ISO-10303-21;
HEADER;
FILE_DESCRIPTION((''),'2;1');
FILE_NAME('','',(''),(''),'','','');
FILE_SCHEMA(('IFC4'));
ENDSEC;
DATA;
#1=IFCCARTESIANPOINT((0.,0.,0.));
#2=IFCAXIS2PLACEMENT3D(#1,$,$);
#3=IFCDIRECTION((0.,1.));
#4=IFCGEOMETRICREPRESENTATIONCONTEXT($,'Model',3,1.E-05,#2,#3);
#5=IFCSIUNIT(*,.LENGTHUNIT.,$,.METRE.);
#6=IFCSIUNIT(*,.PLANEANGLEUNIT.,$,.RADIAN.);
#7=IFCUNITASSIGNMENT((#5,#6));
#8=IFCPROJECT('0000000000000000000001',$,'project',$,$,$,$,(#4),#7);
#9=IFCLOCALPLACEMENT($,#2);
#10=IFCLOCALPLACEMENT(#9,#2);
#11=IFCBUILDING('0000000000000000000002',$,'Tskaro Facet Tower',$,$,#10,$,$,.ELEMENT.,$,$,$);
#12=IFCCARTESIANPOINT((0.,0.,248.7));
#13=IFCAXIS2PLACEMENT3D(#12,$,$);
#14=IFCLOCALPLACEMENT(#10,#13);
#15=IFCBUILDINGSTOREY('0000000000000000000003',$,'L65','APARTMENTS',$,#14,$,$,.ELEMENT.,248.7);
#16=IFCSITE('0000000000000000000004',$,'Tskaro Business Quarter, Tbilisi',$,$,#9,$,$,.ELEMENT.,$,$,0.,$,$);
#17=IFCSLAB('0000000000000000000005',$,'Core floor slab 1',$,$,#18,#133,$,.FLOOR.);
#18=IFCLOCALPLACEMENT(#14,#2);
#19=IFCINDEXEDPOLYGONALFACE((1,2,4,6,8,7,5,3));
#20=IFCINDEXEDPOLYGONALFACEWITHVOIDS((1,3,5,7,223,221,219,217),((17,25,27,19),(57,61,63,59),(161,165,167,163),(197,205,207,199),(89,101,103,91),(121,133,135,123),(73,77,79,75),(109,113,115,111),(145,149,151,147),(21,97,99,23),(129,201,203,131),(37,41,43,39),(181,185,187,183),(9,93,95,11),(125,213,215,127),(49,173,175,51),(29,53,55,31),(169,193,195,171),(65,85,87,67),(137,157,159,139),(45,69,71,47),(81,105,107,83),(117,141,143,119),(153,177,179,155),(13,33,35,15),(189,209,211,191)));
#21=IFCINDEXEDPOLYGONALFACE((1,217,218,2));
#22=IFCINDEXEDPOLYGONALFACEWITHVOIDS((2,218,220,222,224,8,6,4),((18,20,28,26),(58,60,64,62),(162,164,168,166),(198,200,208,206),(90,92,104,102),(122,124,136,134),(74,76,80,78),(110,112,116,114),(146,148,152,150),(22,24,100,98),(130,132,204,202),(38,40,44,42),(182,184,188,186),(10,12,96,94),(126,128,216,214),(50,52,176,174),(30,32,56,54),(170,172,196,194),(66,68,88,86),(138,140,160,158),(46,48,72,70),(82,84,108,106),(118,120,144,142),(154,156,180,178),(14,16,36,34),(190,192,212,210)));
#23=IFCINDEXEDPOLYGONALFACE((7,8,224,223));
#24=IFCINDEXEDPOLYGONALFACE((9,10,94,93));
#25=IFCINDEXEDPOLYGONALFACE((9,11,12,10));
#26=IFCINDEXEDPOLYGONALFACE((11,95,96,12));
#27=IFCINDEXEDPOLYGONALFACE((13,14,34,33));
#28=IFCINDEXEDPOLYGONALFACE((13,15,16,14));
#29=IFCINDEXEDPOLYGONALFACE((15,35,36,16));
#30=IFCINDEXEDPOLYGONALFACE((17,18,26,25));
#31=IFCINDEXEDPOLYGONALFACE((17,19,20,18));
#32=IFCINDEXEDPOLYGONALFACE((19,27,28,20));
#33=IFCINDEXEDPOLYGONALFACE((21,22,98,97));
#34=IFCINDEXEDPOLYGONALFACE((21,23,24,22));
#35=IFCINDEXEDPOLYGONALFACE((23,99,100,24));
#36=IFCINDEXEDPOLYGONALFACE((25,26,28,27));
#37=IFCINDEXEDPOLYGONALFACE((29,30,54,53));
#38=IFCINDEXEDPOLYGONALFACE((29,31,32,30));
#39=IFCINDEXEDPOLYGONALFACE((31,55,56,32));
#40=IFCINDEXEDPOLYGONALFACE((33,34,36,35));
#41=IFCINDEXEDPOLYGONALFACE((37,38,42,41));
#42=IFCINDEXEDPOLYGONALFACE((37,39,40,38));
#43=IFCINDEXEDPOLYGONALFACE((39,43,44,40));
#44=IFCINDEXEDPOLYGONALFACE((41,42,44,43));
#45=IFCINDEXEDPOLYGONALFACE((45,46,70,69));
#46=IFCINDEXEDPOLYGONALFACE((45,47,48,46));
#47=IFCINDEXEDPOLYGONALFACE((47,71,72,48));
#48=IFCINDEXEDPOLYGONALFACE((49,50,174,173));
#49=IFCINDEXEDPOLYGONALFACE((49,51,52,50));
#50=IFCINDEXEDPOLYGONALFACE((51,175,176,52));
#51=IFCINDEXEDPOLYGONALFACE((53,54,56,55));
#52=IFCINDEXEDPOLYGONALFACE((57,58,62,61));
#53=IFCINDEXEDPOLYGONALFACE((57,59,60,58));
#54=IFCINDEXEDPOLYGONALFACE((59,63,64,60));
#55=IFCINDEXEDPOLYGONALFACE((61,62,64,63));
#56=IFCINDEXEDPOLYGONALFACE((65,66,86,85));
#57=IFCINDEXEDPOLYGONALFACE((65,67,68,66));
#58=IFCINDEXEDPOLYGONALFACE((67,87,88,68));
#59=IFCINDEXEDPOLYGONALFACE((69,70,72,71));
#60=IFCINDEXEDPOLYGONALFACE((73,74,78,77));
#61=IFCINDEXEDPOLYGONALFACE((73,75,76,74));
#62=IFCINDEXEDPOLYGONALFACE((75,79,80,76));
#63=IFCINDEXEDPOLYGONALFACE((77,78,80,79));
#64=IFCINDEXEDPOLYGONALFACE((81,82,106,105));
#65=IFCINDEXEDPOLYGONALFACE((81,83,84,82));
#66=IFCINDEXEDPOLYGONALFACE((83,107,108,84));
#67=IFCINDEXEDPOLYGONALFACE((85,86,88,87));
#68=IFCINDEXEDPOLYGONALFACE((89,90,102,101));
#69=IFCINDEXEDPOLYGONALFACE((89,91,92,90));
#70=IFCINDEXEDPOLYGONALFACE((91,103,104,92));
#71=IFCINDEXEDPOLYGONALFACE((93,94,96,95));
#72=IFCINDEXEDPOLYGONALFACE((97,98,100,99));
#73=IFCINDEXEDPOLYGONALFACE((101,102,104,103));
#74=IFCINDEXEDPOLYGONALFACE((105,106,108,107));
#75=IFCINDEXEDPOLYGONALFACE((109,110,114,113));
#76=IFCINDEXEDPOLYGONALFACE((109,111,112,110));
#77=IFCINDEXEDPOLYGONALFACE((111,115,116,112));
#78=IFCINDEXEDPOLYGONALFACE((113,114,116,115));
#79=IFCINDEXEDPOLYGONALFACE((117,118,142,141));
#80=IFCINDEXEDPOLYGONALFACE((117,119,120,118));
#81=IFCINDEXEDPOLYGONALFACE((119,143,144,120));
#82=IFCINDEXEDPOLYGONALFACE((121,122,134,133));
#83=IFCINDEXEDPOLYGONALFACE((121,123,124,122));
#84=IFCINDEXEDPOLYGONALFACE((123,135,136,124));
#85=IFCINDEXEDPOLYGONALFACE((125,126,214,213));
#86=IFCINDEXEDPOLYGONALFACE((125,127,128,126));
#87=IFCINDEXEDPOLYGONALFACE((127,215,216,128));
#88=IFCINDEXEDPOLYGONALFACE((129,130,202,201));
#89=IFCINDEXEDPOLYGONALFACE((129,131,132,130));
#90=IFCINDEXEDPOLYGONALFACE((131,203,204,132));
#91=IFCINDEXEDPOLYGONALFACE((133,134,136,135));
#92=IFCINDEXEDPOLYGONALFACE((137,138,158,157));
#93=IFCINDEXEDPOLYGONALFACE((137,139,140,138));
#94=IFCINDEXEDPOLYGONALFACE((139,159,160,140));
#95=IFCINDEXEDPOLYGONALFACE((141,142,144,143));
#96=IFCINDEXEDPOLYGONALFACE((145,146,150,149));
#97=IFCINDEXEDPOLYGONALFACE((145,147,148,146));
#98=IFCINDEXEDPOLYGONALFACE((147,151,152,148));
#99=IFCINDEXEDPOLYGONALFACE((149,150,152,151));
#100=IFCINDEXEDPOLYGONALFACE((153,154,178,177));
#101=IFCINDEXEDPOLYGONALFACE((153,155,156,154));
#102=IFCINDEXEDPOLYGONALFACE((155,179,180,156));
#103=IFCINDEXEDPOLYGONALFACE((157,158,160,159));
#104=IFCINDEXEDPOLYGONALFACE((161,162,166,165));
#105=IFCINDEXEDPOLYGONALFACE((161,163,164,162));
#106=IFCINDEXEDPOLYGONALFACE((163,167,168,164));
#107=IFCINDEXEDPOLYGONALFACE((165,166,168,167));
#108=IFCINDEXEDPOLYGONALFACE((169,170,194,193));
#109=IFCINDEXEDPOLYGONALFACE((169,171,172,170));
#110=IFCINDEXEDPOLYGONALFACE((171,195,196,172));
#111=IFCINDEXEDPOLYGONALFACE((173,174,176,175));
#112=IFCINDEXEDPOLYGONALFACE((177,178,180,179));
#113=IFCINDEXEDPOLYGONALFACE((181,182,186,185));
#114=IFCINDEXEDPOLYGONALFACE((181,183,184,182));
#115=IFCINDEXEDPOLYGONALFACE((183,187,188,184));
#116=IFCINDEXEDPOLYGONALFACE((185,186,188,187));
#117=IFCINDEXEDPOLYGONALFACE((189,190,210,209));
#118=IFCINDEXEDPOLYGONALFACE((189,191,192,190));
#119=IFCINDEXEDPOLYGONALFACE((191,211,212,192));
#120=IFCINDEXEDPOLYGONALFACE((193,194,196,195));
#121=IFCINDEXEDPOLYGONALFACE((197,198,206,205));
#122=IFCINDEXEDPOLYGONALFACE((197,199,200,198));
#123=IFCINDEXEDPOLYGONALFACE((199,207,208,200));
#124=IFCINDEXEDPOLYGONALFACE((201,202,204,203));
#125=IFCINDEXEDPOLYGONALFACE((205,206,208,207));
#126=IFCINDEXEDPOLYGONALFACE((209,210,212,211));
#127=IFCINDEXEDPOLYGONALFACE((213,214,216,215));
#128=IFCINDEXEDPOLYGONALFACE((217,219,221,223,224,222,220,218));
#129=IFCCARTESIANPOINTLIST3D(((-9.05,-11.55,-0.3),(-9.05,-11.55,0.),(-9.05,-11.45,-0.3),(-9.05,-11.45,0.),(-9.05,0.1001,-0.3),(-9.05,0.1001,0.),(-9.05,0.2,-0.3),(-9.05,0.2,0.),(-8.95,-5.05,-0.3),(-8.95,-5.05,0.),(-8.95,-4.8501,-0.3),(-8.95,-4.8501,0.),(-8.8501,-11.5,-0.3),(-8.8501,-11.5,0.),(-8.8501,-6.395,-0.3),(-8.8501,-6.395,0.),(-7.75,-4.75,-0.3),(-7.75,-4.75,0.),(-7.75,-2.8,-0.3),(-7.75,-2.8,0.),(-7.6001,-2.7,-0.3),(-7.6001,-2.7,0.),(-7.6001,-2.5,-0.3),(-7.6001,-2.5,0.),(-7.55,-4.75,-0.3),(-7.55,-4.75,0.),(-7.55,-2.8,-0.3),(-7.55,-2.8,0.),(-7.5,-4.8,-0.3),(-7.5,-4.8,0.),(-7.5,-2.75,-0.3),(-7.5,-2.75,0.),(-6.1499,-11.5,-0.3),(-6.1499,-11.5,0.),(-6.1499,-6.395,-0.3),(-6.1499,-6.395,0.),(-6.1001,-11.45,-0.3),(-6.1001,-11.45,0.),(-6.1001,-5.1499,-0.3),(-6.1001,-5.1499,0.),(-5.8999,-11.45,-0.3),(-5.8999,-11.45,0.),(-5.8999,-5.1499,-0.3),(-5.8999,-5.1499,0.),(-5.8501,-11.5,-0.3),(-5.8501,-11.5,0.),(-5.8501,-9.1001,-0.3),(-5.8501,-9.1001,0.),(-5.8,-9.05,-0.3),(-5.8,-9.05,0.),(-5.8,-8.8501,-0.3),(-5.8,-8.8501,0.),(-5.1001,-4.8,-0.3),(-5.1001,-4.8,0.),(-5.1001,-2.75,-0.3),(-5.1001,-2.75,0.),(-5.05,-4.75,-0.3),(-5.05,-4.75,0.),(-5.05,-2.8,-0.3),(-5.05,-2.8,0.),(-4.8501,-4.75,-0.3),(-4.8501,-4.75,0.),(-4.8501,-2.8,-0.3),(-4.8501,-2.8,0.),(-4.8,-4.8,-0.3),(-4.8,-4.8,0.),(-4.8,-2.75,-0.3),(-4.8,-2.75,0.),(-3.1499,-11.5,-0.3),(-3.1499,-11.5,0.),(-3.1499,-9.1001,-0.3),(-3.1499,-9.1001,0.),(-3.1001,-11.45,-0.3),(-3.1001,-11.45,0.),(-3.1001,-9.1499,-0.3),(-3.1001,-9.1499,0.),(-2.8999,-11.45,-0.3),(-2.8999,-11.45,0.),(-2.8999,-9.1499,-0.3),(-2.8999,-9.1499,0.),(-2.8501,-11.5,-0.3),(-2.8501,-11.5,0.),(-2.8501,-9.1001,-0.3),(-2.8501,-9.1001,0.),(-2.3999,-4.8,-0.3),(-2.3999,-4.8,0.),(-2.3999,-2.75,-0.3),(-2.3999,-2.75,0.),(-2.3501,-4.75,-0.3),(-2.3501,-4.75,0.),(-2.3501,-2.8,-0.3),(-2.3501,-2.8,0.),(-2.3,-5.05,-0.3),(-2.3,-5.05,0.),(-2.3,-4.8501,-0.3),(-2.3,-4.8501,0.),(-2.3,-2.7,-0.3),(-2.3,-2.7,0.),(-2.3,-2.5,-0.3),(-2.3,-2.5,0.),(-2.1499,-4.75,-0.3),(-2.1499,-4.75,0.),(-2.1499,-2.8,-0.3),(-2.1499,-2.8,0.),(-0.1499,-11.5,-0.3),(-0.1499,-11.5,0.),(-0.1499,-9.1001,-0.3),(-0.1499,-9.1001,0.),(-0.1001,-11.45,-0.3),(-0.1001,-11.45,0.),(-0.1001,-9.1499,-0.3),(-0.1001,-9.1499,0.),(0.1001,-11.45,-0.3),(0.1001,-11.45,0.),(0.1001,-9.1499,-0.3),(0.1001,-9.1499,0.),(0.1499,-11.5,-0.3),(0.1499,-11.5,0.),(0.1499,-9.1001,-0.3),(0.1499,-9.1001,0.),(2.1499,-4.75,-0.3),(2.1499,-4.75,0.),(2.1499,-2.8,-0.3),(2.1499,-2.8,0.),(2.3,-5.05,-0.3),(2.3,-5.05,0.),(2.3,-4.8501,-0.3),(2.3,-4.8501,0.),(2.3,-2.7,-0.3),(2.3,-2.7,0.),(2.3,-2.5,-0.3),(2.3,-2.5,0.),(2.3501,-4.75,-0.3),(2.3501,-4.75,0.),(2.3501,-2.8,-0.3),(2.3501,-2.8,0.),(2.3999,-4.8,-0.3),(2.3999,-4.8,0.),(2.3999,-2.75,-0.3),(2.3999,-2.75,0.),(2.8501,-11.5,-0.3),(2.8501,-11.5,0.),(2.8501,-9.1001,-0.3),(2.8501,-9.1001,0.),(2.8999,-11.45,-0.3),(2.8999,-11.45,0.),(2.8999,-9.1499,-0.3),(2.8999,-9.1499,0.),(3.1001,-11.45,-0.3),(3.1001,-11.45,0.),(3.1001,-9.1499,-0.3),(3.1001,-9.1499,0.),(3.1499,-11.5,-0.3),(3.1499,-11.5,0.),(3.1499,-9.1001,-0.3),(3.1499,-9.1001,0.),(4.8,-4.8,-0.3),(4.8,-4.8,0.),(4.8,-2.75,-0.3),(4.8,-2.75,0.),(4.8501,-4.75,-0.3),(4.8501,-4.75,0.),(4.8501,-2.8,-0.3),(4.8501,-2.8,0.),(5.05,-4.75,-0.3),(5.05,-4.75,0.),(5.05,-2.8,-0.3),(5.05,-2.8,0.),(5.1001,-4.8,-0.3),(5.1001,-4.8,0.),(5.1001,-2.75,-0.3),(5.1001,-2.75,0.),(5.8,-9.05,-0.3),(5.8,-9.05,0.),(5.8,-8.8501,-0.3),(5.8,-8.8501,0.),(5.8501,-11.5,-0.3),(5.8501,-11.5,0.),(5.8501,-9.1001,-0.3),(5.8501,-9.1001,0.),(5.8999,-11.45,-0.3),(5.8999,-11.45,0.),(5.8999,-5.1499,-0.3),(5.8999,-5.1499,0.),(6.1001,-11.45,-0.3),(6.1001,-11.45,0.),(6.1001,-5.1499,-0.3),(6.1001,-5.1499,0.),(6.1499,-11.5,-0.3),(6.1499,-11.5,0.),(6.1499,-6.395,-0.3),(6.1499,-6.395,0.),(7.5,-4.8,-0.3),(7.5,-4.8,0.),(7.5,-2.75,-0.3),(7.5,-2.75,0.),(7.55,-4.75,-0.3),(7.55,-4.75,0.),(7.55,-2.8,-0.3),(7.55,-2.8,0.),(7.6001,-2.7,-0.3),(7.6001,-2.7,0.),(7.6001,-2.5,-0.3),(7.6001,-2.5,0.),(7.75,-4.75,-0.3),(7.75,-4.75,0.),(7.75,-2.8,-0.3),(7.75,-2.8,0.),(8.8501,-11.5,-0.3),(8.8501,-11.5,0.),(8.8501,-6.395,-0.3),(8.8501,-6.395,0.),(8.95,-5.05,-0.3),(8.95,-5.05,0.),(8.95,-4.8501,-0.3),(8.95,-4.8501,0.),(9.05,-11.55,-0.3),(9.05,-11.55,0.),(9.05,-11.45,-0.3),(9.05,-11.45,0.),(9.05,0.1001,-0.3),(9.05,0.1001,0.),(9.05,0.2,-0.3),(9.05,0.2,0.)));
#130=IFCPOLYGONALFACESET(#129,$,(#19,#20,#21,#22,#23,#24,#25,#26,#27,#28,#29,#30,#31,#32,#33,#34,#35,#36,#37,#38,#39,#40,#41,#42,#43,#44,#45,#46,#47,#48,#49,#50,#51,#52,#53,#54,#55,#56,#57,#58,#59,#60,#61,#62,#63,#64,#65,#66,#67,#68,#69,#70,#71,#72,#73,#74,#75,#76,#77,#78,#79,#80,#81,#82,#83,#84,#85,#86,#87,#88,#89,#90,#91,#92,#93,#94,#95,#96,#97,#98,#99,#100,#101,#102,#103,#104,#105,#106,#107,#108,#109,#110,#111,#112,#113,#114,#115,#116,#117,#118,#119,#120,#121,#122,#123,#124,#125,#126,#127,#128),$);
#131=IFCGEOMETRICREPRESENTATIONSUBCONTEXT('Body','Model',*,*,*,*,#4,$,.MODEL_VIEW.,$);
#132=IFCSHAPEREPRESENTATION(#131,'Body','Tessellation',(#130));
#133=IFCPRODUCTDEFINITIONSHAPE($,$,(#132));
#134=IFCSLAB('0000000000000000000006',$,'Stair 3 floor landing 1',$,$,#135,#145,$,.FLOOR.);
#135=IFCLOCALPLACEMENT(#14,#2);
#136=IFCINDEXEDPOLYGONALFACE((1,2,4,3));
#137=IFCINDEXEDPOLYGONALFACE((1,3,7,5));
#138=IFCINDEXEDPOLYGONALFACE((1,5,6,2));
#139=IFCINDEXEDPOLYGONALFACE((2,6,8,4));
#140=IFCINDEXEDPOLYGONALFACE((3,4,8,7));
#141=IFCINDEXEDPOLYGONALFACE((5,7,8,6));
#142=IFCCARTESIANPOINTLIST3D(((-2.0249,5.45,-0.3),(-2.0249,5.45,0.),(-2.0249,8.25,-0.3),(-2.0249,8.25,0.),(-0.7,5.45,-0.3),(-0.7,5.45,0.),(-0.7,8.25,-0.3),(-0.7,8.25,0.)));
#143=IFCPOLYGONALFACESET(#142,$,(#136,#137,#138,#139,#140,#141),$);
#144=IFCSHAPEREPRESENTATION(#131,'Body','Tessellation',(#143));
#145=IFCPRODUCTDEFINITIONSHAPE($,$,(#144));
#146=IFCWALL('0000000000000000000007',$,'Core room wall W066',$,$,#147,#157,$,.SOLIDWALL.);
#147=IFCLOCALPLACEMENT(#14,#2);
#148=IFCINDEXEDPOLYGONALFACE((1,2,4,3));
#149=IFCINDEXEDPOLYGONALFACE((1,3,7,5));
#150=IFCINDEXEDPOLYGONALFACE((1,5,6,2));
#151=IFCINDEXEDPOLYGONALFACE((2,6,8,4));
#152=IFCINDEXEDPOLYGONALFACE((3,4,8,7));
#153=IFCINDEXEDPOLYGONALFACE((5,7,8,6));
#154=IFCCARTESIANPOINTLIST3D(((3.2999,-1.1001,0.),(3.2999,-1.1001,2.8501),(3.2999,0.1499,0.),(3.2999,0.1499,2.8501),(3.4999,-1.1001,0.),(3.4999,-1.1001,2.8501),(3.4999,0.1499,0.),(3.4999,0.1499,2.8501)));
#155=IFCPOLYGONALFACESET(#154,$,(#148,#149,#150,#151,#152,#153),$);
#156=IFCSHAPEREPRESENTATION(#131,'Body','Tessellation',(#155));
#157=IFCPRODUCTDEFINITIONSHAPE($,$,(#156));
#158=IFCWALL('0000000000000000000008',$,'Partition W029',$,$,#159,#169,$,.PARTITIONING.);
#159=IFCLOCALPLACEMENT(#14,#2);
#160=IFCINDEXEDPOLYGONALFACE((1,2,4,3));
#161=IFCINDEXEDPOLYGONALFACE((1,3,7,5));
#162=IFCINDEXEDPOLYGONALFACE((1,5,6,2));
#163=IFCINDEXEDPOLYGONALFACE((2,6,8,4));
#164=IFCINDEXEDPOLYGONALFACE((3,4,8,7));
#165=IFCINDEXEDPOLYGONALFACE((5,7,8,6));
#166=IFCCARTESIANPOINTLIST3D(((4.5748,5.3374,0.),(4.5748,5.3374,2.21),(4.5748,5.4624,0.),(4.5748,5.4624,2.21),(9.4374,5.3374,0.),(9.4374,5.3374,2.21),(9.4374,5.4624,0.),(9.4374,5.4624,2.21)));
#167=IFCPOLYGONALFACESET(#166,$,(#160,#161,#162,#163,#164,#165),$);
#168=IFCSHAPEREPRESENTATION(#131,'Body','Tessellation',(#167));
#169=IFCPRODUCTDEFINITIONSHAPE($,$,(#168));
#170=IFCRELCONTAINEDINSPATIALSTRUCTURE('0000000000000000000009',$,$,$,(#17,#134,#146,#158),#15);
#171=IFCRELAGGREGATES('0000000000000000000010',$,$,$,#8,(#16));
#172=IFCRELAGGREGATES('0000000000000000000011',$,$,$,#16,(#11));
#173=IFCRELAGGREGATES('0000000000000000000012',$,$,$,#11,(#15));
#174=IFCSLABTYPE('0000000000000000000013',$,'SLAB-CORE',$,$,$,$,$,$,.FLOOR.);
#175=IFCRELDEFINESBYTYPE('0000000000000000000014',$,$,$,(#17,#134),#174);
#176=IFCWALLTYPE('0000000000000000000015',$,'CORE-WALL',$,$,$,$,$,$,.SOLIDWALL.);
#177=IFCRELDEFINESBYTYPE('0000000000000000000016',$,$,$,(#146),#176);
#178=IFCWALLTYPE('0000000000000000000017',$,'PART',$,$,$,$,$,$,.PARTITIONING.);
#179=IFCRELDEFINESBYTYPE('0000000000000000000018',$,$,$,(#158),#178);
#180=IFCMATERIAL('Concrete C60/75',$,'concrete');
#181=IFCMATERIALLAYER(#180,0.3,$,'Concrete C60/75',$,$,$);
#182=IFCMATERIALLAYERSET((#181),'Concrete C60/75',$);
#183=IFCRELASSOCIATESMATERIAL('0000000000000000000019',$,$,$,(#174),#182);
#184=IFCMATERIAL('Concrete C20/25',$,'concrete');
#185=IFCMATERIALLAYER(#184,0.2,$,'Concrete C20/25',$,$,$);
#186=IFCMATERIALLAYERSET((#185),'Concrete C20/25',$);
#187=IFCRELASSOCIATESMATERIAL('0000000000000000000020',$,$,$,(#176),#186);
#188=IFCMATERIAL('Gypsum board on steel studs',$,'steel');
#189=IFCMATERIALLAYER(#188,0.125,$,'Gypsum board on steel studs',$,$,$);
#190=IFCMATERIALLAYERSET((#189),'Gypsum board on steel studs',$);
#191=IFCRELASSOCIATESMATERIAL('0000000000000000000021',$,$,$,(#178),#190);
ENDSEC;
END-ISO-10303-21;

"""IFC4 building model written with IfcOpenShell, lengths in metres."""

from ifc_helpers import new_model, si_unit, direction, frame, frame_2d, origin, place, context, subcontext, project, spatial, polyline, rectangle, outline, extrude, material, layer, layer_set, type_object, element, save


model = new_model("IFC4")

# Units and contexts
model_context = context("Model", 3, precision=1e-05, world=origin(), true_north=direction((0.0, 1.0)))
body_context = subcontext(model_context, "Body", "Model", "MODEL_VIEW")
ifc_project = project(units=[si_unit("LENGTHUNIT", "METRE"), si_unit("PLANEANGLEUNIT", "RADIAN")], contexts=[model_context])

# Site, building, storey
site_placement = place(None, origin())
site = spatial("IfcSite", under=ifc_project, at=site_placement, Name="Tskaro Business Quarter, Tbilisi", CompositionType="ELEMENT", RefElevation=0.0)
building_placement = place(site_placement, origin())
building = spatial("IfcBuilding", under=site, at=building_placement, Name="Tskaro Facet Tower", CompositionType="ELEMENT")
storey_placement = place(building_placement, frame((0.0, 0.0, 248.7)))
storey = spatial("IfcBuildingStorey", under=building, at=storey_placement, Name="L65", Description="APARTMENTS", CompositionType="ELEMENT", Elevation=248.7)

# Slabs
ifc_material_1 = material(Name="Concrete C60/75", Category="concrete")
ifc_layer_1 = layer(ifc_material_1, 0.3, Name="Concrete C60/75")
ifc_layer_set_1 = layer_set([ifc_layer_1], Name="Concrete C60/75")
slab_type_1 = type_object("IfcSlabType", Name="SLAB-CORE", PredefinedType="FLOOR", material=ifc_layer_set_1)
slab_1_placement = place(storey_placement, frame((0.0, 0.0, -0.3)))
element("IfcSlab", 1, at=slab_1_placement, inside=storey, type_object=slab_type_1, Name="Core floor slab 1", PredefinedType="FLOOR", context=body_context, shape_type="SweptSolid", body=[
    extrude(outline(polyline([(-9.05, 0.2), (9.05, 0.2), (9.05, 0.1001), (9.05, -11.45), (9.05, -11.55), (-9.05, -11.55), (-9.05, -11.45), (-9.05, 0.1001), (-9.05, 0.2)]), holes=[polyline([(-5.8501, -9.1001), (-5.8501, -11.5), (-3.1499, -11.5), (-3.1499, -9.1001), (-5.8501, -9.1001)]), polyline([(-3.1001, -11.45), (-2.8999, -11.45), (-2.8999, -9.1499), (-3.1001, -9.1499), (-3.1001, -11.45)]), polyline([(-2.8501, -9.1001), (-2.8501, -11.5), (-0.1499, -11.5), (-0.1499, -9.1001), (-2.8501, -9.1001)]), polyline([(-6.1001, -11.45), (-5.8999, -11.45), (-5.8999, -5.1499), (-6.1001, -5.1499), (-6.1001, -11.45)]), polyline([(-8.95, -5.05), (-2.3, -5.05), (-2.3, -4.8501), (-8.95, -4.8501), (-8.95, -5.05)]), polyline([(-7.75, -4.75), (-7.55, -4.75), (-7.55, -2.8), (-7.75, -2.8), (-7.75, -4.75)]), polyline([(-7.5, -2.75), (-7.5, -4.8), (-5.1001, -4.8), (-5.1001, -2.75), (-7.5, -2.75)]), polyline([(-5.05, -4.75), (-4.8501, -4.75), (-4.8501, -2.8), (-5.05, -2.8), (-5.05, -4.75)]), polyline([(-2.3999, -2.75), (-4.8, -2.75), (-4.8, -4.8), (-2.3999, -4.8), (-2.3999, -2.75)]), polyline([(-2.3501, -4.75), (-2.1499, -4.75), (-2.1499, -2.8), (-2.3501, -2.8), (-2.3501, -4.75)]), polyline([(-7.6001, -2.7), (-2.3, -2.7), (-2.3, -2.5), (-7.6001, -2.5), (-7.6001, -2.7)]), polyline([(-0.1001, -11.45), (0.1001, -11.45), (0.1001, -9.1499), (-0.1001, -9.1499), (-0.1001, -11.45)]), polyline([(0.1499, -9.1001), (0.1499, -11.5), (2.8501, -11.5), (2.8501, -9.1001), (0.1499, -9.1001)]), polyline([(2.8999, -11.45), (3.1001, -11.45), (3.1001, -9.1499), (2.8999, -9.1499), (2.8999, -11.45)]), polyline([(3.1499, -9.1001), (3.1499, -11.5), (5.8501, -11.5), (5.8501, -9.1001), (3.1499, -9.1001)]), polyline([(-5.8, -9.05), (5.8, -9.05), (5.8, -8.8501), (-5.8, -8.8501), (-5.8, -9.05)]), polyline([(5.8999, -11.45), (6.1001, -11.45), (6.1001, -5.1499), (5.8999, -5.1499), (5.8999, -11.45)]), polyline([(2.3, -5.05), (8.95, -5.05), (8.95, -4.8501), (2.3, -4.8501), (2.3, -5.05)]), polyline([(2.1499, -4.75), (2.3501, -4.75), (2.3501, -2.8), (2.1499, -2.8), (2.1499, -4.75)]), polyline([(2.3999, -4.8), (4.8, -4.8), (4.8, -2.75), (2.3999, -2.75), (2.3999, -4.8)]), polyline([(4.8501, -4.75), (5.05, -4.75), (5.05, -2.8), (4.8501, -2.8), (4.8501, -4.75)]), polyline([(5.1001, -4.8), (7.5, -4.8), (7.5, -2.75), (5.1001, -2.75), (5.1001, -4.8)]), polyline([(7.55, -4.75), (7.75, -4.75), (7.75, -2.8), (7.55, -2.8), (7.55, -4.75)]), polyline([(2.3, -2.7), (7.6001, -2.7), (7.6001, -2.5), (2.3, -2.5), (2.3, -2.7)]), polyline([(-8.8501, -11.5), (-6.1499, -11.5), (-6.1499, -6.395), (-8.8501, -6.395), (-8.8501, -11.5)]), polyline([(6.1499, -6.395), (6.1499, -11.5), (8.8501, -11.5), (8.8501, -6.395), (6.1499, -6.395)])]), origin(), (0.0, 0.0, 1.0), 0.3),
])
slab_2_placement = place(storey_placement, frame((0.0, 0.0, -0.3)))
element("IfcSlab", 2, at=slab_2_placement, inside=storey, type_object=slab_type_1, Name="Stair 3 floor landing 1", PredefinedType="FLOOR", context=body_context, shape_type="SweptSolid", body=[
    extrude(outline(polyline([(-2.0249, 5.45), (-0.7, 5.45), (-0.7, 8.25), (-2.0249, 8.25), (-2.0249, 5.45)])), origin(), (0.0, 0.0, 1.0), 0.3),
])

# Walls
ifc_material_2 = material(Name="Concrete C20/25", Category="concrete")
ifc_layer_2 = layer(ifc_material_2, 0.2, Name="Concrete C20/25")
ifc_layer_set_2 = layer_set([ifc_layer_2], Name="Concrete C20/25")
wall_type_1 = type_object("IfcWallType", Name="CORE-WALL", PredefinedType="SOLIDWALL", material=ifc_layer_set_2)
wall_1_placement = place(storey_placement, frame((3.3999, -1.1001, 0.0), z_axis=(0.0, 0.0, 1.0), x_axis=(0.0, 1.0, 0.0)))
element("IfcWall", 3, at=wall_1_placement, inside=storey, type_object=wall_type_1, Name="Core room wall W066", PredefinedType="SOLIDWALL", context=body_context, shape_type="SweptSolid", body=[
    extrude(rectangle(XDim=1.25, YDim=0.2, at=frame_2d((0.625, 0.0))), origin(), (0.0, 0.0, 1.0), 2.8501),
])
ifc_material_3 = material(Name="Gypsum board on steel studs", Category="steel")
ifc_layer_3 = layer(ifc_material_3, 0.125, Name="Gypsum board on steel studs")
ifc_layer_set_3 = layer_set([ifc_layer_3], Name="Gypsum board on steel studs")
wall_type_2 = type_object("IfcWallType", Name="PART", PredefinedType="PARTITIONING", material=ifc_layer_set_3)
wall_2_placement = place(storey_placement, frame((4.575, 5.3999, 0.0), z_axis=(0.0, 0.0, 1.0), x_axis=(1.0, 0.0, 0.0)))
element("IfcWall", 4, at=wall_2_placement, inside=storey, type_object=wall_type_2, Name="Partition W029", PredefinedType="PARTITIONING", context=body_context, shape_type="SweptSolid", body=[
    extrude(rectangle(XDim=4.8625, YDim=0.125, at=frame_2d((2.4312, 0.0))), origin(), (0.0, 0.0, 1.0), 2.21),
])

save(model, "model.ifc")
